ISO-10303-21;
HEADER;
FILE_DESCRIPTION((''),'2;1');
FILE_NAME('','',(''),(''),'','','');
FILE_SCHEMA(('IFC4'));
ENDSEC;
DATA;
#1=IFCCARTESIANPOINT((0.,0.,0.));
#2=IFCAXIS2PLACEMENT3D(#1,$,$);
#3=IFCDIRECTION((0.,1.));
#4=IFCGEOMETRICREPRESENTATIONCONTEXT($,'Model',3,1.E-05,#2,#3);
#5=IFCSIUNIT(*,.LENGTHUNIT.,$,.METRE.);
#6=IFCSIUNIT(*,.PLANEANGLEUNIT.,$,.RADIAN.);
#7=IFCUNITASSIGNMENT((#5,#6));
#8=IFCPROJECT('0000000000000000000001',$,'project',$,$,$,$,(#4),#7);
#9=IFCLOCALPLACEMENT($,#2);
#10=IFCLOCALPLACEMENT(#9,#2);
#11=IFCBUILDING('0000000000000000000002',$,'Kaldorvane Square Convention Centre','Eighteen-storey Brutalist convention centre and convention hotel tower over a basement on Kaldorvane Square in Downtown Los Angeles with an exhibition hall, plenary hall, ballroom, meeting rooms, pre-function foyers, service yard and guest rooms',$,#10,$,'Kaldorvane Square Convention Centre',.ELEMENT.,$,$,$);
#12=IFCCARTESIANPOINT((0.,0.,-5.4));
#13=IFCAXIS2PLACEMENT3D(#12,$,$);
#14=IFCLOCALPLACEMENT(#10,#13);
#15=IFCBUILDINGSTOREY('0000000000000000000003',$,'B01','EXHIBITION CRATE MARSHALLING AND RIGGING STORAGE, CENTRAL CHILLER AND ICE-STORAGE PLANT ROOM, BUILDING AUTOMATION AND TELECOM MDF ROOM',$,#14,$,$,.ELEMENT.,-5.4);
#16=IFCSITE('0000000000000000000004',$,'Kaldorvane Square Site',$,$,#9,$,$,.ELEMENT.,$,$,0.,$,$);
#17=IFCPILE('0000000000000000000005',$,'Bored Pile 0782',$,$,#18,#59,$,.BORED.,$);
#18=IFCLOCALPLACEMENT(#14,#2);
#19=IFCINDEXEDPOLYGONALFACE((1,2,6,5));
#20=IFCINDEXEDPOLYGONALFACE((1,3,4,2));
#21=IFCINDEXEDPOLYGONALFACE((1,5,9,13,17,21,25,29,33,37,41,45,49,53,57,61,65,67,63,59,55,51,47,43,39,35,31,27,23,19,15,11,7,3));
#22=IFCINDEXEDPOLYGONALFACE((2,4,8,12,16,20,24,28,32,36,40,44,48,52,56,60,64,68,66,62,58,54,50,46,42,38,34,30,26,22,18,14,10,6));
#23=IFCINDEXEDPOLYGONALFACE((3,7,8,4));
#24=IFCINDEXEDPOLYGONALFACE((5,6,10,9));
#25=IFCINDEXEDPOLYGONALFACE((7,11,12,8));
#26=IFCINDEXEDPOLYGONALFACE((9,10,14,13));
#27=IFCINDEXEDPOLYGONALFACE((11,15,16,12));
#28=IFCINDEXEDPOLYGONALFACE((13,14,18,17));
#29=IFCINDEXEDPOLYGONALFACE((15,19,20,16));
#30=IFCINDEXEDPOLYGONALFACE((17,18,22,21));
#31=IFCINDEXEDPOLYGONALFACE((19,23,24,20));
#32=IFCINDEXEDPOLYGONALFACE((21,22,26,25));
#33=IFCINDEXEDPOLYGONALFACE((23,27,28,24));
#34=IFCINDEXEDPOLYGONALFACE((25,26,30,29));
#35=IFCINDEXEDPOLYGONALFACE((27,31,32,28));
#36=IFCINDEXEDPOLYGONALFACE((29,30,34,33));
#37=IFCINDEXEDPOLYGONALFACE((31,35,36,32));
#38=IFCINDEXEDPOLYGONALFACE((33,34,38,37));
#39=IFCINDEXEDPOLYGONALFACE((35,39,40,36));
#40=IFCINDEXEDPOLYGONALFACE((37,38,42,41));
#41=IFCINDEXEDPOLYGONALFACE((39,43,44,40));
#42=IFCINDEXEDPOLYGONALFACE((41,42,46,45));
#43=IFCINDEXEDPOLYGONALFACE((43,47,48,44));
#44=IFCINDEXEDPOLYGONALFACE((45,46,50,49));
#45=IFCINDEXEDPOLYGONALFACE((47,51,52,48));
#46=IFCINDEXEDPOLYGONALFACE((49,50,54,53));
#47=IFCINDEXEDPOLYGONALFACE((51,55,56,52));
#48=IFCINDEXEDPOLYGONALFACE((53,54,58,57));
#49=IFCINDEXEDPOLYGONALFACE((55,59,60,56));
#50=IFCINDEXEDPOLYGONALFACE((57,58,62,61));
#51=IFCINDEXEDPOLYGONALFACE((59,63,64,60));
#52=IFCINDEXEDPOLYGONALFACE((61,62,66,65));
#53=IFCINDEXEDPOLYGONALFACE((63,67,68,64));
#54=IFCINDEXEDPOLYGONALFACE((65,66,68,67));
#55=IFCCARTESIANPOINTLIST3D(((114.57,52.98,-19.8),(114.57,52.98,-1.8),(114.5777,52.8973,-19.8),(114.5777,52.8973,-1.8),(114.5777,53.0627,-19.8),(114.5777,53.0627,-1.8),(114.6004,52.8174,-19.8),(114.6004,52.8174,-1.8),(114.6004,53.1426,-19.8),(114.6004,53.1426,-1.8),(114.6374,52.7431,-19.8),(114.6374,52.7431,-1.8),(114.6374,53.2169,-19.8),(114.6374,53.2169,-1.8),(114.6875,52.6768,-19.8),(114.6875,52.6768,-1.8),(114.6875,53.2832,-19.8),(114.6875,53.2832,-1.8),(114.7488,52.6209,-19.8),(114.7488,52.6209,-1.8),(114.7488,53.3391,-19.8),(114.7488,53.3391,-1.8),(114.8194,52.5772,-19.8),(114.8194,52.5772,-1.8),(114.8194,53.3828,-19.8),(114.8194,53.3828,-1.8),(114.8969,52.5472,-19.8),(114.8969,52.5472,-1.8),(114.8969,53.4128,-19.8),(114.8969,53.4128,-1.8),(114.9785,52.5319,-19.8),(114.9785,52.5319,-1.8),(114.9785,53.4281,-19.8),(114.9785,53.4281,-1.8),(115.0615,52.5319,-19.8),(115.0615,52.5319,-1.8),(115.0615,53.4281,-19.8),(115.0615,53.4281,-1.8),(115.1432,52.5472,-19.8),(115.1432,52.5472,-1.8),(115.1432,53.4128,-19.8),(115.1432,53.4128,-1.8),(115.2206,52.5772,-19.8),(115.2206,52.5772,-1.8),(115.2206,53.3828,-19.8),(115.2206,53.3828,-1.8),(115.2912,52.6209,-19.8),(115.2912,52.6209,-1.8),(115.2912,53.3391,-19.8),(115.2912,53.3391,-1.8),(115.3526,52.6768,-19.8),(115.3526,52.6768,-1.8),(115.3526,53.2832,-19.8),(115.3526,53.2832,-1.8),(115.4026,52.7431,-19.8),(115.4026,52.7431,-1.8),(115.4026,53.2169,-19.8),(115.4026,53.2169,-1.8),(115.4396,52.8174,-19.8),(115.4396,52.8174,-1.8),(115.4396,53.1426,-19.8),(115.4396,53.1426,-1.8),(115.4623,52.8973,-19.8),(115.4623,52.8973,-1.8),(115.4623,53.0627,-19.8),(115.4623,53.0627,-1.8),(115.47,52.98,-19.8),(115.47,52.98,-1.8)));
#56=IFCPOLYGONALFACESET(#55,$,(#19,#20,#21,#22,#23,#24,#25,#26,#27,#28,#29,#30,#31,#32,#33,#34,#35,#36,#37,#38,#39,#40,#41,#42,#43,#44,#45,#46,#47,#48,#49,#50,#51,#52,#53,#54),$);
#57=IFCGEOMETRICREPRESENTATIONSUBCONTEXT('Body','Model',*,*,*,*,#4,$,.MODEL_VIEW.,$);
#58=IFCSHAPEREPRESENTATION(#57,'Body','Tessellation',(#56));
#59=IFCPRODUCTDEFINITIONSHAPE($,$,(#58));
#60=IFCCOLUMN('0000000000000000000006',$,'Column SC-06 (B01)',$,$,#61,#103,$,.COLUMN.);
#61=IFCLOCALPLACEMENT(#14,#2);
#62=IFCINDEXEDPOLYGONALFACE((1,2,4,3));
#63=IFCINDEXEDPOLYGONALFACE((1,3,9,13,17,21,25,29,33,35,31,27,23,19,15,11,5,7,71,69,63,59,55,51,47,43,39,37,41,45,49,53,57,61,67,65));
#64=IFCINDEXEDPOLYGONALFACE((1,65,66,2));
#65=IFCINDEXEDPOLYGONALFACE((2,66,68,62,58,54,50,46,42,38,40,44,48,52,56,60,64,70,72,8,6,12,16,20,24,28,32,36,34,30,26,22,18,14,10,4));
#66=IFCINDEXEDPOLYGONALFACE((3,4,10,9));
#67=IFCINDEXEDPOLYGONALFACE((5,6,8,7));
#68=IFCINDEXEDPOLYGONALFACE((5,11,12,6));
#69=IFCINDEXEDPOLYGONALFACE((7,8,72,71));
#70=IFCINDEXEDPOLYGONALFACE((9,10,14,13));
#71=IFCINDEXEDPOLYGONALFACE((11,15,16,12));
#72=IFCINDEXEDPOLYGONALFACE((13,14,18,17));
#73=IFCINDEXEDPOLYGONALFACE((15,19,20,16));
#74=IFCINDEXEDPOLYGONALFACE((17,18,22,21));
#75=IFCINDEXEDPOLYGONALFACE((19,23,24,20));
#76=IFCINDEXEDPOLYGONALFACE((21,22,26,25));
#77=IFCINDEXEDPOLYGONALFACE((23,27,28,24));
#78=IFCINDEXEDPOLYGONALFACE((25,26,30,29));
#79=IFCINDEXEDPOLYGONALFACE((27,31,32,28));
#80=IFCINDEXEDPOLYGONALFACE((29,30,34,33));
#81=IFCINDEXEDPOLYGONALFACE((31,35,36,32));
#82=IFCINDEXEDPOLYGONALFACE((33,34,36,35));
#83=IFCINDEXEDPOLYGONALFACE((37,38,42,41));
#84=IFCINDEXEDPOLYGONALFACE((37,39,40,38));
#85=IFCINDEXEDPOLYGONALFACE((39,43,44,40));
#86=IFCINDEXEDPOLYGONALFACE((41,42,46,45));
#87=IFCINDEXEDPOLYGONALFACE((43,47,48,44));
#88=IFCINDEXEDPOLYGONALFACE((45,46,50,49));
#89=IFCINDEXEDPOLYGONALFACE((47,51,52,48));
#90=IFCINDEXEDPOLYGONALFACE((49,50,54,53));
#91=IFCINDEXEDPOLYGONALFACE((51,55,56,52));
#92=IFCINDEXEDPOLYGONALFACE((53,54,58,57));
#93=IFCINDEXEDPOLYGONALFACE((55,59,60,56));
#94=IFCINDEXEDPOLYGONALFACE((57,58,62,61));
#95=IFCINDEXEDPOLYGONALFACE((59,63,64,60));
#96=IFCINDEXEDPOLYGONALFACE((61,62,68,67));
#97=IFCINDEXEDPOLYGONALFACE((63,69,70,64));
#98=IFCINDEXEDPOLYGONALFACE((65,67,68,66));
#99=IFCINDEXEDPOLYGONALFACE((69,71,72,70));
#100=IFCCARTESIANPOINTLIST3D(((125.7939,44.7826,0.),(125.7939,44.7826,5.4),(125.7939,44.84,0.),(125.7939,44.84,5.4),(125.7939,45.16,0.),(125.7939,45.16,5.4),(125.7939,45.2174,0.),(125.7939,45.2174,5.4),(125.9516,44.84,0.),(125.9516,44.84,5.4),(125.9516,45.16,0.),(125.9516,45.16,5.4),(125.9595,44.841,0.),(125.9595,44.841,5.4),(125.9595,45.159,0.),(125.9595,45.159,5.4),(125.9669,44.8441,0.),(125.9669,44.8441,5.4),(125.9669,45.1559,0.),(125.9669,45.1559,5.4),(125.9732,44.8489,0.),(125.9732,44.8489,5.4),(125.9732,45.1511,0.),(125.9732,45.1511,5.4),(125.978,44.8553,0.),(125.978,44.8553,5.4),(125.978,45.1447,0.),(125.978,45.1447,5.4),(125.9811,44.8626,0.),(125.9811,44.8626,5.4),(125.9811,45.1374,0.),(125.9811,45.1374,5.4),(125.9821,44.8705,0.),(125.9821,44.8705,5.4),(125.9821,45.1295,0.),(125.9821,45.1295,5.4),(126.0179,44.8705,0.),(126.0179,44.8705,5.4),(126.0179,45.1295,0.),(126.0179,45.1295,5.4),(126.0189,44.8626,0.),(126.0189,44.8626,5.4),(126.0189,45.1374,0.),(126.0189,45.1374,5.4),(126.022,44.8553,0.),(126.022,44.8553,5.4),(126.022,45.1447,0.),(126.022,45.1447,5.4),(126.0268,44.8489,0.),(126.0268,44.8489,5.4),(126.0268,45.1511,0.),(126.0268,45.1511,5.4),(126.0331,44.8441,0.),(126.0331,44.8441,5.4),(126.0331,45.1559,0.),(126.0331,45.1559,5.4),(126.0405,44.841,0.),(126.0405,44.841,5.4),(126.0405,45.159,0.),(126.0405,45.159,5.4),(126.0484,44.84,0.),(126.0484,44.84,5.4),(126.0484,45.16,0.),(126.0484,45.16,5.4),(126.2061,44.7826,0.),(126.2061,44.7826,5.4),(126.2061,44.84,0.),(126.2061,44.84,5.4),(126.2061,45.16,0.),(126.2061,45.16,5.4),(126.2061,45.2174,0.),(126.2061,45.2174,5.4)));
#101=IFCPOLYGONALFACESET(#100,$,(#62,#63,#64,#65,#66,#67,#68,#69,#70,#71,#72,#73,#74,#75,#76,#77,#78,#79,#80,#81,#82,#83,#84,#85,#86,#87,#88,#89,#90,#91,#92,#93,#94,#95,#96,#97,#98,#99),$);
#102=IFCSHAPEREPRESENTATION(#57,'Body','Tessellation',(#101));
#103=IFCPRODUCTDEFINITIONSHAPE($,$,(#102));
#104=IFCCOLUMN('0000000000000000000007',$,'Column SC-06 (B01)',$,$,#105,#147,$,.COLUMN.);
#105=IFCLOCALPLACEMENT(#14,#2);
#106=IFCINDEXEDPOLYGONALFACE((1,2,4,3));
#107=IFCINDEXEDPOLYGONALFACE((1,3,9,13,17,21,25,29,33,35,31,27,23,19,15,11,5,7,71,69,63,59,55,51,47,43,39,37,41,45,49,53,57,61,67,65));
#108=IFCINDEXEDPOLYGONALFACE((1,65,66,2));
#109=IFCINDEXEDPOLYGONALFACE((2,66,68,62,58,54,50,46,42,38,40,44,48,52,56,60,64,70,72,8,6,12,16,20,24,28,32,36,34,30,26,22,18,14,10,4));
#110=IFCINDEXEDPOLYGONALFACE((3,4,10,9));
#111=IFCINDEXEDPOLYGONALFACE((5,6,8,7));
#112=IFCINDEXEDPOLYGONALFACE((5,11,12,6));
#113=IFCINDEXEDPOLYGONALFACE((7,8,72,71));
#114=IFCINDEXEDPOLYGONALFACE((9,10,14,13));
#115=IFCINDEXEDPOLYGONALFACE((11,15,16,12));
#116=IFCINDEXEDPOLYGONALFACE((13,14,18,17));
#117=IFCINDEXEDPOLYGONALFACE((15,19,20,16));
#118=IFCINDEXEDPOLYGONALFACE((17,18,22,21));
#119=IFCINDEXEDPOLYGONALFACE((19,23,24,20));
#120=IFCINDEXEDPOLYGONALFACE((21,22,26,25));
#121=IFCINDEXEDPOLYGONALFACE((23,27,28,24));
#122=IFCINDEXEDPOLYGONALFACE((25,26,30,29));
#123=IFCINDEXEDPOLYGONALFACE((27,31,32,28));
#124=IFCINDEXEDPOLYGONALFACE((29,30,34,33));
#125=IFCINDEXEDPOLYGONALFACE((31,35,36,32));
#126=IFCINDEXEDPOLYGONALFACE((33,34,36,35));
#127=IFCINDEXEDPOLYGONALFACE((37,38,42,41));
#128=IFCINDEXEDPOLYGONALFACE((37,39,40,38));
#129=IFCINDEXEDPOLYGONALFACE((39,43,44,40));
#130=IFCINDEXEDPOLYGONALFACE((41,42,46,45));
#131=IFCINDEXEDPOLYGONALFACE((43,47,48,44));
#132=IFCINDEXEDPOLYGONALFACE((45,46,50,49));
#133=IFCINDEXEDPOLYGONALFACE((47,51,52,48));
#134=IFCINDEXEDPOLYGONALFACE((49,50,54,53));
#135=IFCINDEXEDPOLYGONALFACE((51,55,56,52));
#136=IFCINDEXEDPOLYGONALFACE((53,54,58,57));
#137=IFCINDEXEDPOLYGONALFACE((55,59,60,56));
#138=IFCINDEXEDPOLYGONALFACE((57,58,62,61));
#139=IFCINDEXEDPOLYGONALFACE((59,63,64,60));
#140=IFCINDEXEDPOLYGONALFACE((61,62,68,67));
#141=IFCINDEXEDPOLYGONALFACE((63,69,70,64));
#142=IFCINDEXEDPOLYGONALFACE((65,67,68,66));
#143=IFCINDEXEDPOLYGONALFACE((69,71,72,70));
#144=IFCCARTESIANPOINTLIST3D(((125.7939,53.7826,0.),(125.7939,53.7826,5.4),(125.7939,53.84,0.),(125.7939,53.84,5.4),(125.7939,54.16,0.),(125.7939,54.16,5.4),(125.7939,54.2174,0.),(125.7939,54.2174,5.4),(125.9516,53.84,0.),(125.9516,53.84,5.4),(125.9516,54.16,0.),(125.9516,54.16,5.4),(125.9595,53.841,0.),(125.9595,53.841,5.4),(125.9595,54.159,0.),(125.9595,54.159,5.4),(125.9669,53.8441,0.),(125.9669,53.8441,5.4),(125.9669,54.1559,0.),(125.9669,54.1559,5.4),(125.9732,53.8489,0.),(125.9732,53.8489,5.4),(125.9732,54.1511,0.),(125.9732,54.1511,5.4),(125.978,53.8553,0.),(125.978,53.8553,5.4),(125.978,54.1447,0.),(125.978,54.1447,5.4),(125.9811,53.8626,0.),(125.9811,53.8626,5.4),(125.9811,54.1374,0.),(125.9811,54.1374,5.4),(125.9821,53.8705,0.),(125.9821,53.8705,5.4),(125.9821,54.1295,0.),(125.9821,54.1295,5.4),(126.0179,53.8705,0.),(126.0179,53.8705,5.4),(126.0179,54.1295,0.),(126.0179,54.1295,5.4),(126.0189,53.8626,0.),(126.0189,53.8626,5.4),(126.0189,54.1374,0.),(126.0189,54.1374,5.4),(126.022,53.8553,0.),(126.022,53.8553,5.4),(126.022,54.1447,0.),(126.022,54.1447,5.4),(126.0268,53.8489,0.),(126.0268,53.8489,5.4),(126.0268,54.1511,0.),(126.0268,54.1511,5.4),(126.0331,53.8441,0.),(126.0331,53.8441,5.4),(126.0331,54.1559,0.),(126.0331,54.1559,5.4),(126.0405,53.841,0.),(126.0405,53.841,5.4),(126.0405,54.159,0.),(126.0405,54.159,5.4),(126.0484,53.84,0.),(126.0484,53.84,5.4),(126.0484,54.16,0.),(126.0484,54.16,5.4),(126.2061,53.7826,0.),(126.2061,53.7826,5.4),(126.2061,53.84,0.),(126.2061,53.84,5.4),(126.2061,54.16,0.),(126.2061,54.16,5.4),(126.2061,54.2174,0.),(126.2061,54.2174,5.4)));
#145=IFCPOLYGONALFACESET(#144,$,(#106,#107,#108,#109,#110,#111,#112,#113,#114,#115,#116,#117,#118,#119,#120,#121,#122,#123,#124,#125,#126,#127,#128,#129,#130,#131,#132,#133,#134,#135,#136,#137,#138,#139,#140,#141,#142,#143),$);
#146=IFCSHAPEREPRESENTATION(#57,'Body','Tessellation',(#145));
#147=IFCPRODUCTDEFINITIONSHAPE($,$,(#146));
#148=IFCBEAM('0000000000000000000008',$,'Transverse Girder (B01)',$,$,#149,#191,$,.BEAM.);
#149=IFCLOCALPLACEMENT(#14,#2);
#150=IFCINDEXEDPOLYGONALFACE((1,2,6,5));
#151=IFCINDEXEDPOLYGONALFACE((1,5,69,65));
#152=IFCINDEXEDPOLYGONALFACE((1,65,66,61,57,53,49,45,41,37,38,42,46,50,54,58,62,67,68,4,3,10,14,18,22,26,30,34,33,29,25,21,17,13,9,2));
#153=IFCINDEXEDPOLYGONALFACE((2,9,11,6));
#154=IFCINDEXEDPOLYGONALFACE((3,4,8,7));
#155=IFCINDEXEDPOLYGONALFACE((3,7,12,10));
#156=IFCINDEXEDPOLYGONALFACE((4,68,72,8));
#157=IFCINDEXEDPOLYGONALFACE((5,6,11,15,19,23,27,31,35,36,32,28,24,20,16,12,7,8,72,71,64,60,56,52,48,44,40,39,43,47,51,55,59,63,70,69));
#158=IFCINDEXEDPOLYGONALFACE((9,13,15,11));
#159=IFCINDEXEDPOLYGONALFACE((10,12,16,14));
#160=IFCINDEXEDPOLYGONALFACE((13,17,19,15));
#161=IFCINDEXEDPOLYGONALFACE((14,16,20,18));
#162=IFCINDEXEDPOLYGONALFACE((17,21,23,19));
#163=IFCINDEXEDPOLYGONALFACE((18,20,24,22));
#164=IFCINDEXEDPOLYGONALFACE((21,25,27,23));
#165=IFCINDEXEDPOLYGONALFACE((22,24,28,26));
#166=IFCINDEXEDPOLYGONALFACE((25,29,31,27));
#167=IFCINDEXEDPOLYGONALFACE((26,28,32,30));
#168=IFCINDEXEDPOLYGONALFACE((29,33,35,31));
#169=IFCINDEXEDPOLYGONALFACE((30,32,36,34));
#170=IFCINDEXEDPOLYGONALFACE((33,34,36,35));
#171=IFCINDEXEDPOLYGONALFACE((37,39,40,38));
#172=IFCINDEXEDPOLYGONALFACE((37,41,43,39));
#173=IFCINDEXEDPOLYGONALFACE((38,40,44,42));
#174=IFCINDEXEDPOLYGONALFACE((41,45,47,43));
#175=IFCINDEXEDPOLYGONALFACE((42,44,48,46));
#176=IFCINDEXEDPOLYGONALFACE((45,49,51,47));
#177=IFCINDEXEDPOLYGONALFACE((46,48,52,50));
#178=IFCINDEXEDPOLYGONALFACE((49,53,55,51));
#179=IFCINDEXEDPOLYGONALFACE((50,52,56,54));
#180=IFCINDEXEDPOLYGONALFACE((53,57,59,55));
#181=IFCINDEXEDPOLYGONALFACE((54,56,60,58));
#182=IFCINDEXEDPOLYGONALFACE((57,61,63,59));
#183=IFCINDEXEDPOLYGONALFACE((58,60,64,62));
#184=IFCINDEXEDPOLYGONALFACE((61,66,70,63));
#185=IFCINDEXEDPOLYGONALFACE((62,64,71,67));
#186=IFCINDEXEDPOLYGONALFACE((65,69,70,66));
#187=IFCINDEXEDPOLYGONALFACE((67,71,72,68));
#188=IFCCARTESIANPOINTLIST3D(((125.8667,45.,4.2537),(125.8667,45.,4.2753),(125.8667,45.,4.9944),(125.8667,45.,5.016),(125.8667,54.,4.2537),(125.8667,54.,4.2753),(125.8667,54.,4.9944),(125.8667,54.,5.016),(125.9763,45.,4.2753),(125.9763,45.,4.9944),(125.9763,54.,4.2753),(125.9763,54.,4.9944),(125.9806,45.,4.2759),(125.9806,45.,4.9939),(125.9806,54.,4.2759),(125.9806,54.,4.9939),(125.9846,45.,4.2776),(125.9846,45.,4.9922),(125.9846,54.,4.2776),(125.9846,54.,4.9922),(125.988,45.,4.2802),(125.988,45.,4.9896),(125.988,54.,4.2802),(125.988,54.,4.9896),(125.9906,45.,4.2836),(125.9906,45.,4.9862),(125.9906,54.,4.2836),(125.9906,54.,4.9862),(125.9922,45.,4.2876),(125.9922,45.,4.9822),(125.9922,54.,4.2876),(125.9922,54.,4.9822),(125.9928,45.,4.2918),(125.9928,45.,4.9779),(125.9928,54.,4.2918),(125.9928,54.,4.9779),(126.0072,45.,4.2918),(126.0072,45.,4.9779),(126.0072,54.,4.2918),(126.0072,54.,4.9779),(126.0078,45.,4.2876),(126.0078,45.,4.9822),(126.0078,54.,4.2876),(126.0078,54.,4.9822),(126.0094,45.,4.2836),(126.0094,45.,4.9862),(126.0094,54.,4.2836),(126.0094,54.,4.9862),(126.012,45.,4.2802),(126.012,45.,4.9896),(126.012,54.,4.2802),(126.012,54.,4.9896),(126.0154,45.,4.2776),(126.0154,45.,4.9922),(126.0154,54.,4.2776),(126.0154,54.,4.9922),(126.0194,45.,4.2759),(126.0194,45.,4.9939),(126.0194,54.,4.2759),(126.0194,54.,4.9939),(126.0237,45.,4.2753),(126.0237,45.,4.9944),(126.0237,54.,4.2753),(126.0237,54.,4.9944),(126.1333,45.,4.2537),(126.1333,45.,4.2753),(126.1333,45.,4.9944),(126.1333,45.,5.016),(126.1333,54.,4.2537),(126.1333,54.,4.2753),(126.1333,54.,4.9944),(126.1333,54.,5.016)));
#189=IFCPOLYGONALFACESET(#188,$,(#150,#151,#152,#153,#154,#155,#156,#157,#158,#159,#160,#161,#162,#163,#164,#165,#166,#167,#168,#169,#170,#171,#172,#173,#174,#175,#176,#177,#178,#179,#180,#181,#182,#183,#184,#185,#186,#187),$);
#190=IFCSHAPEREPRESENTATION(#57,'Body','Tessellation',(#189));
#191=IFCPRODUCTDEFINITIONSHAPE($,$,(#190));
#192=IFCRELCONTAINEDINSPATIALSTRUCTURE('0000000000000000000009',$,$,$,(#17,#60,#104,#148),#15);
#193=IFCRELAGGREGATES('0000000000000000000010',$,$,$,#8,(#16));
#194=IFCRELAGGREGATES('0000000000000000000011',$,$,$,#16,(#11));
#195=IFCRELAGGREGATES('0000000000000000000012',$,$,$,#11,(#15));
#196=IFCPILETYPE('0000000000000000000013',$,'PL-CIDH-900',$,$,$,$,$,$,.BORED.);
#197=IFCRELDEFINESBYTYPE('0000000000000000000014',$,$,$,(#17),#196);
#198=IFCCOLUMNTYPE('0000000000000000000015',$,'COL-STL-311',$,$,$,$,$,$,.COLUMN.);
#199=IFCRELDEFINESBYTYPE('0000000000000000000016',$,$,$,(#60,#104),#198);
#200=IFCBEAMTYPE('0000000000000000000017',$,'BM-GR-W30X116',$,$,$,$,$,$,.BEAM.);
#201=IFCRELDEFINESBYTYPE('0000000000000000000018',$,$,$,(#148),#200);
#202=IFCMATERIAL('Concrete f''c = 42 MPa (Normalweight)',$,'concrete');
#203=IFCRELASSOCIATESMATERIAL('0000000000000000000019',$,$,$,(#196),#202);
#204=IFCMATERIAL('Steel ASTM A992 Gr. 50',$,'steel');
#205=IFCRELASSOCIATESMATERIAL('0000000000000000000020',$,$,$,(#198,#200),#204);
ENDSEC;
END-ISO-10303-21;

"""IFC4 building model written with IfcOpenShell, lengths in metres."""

from ifc_helpers import new_model, si_unit, direction, frame, origin, origin_2d, place, context, subcontext, project, spatial, circle, i_section, extrude, material, material_profile, profile_set, type_object, element, save


model = new_model("IFC4")

# Units and contexts
model_context = context("Model", 3, precision=1e-05, world=origin(), true_north=direction((0.0, 1.0)))
body_context = subcontext(model_context, "Body", "Model", "MODEL_VIEW")
ifc_project = project(units=[si_unit("LENGTHUNIT", "METRE"), si_unit("PLANEANGLEUNIT", "RADIAN")], contexts=[model_context])

# Site, building, storey
site_placement = place(None, origin())
site = spatial("IfcSite", under=ifc_project, at=site_placement, Name="Kaldorvane Square Site", CompositionType="ELEMENT", RefElevation=0.0)
building_placement = place(site_placement, origin())
building = spatial("IfcBuilding", under=site, at=building_placement, Name="Kaldorvane Square Convention Centre", Description="Eighteen-storey Brutalist convention centre and convention hotel tower over a basement on Kaldorvane Square in Downtown Los Angeles with an exhibition hall, plenary hall, ballroom, meeting rooms, pre-function foyers, service yard and guest rooms", LongName="Kaldorvane Square Convention Centre", CompositionType="ELEMENT")
storey_placement = place(building_placement, frame((0.0, 0.0, -5.4)))
storey = spatial("IfcBuildingStorey", under=building, at=storey_placement, Name="B01", Description="EXHIBITION CRATE MARSHALLING AND RIGGING STORAGE, CENTRAL CHILLER AND ICE-STORAGE PLANT ROOM, BUILDING AUTOMATION AND TELECOM MDF ROOM", CompositionType="ELEMENT", Elevation=-5.4)

# Pile
ifc_material_1 = material(Name="Concrete f'c = 42 MPa (Normalweight)", Category="concrete")
ifc_material_profile_1 = material_profile(ifc_material_1, circle(Radius=0.45, at=origin_2d()), Name="PILE-D900")
ifc_profile_set_1 = profile_set([ifc_material_profile_1], Name="Concrete f'c = 42 MPa (Normalweight)")
pile_type_1 = type_object("IfcPileType", Name="PL-CIDH-900", PredefinedType="BORED", material=ifc_profile_set_1)
pile_placement = place(storey_placement, frame((115.02, 52.98, -1.8), z_axis=(0.0, 0.0, -1.0), x_axis=(1.0, 0.0, 0.0)))
element("IfcPile", 1, at=pile_placement, inside=storey, type_object=pile_type_1, Name="Bored Pile 0782", PredefinedType="BORED", context=body_context, shape_type="SweptSolid", body=[
    extrude(circle(Radius=0.45, at=origin_2d()), origin(), (0.0, 0.0, 1.0), 18.0),
])

# Columns
ifc_material_2 = material(Name="Steel ASTM A992 Gr. 50", Category="steel")
ifc_material_profile_2 = material_profile(ifc_material_2, i_section(OverallWidth=0.4122, OverallDepth=0.4348, WebThickness=0.0358, FlangeThickness=0.0574, FilletRadius=0.0305, at=origin_2d()), Name="W14X311")
ifc_profile_set_2 = profile_set([ifc_material_profile_2], Name="Steel ASTM A992 Gr. 50")
column_type = type_object("IfcColumnType", Name="COL-STL-311", PredefinedType="COLUMN", material=ifc_profile_set_2)
for number, where, z_axis, x_axis, name in (
    (2, (126.0, 45.0, 0.0), (0.0, 0.0, 1.0), (1.0, 0.0, 0.0), "Column SC-06 (B01)"),
    (3, (126.0, 54.0, 0.0), (0.0, 0.0, 1.0), (1.0, 0.0, 0.0), "Column SC-06 (B01)"),
):
    element("IfcColumn", number, at=place(storey_placement, frame(where, z_axis=z_axis, x_axis=x_axis)), inside=storey, type_object=column_type, Name=name, PredefinedType="COLUMN", context=body_context, shape_type="SweptSolid", body=[
        extrude(i_section(OverallWidth=0.4122, OverallDepth=0.4348, WebThickness=0.0358, FlangeThickness=0.0574, FilletRadius=0.0305, at=origin_2d()), origin(), (0.0, 0.0, 1.0), 5.4),
    ])

# Beam
ifc_material_profile_3 = material_profile(ifc_material_2, i_section(OverallWidth=0.2666, OverallDepth=0.7623, WebThickness=0.0144, FlangeThickness=0.0216, FilletRadius=0.0165, at=origin_2d()), Name="W30X116")
ifc_profile_set_3 = profile_set([ifc_material_profile_3], Name="Steel ASTM A992 Gr. 50")
beam_type_1 = type_object("IfcBeamType", Name="BM-GR-W30X116", PredefinedType="BEAM", material=ifc_profile_set_3)
for number, where, z_axis, x_axis, name in (
    (4, (126.0, 45.0, 4.6349), (0.0, 1.0, 0.0), (-1.0, 0.0, 0.0), "Transverse Girder (B01)"),
):
    element("IfcBeam", number, at=place(storey_placement, frame(where, z_axis=z_axis, x_axis=x_axis)), inside=storey, type_object=beam_type_1, Name=name, PredefinedType="BEAM", context=body_context, shape_type="SweptSolid", body=[
        extrude(i_section(OverallWidth=0.2666, OverallDepth=0.7623, WebThickness=0.0144, FlangeThickness=0.0216, FilletRadius=0.0165, at=origin_2d()), origin(), (0.0, 0.0, 1.0), 9.0),
    ])

save(model, "model.ifc")
